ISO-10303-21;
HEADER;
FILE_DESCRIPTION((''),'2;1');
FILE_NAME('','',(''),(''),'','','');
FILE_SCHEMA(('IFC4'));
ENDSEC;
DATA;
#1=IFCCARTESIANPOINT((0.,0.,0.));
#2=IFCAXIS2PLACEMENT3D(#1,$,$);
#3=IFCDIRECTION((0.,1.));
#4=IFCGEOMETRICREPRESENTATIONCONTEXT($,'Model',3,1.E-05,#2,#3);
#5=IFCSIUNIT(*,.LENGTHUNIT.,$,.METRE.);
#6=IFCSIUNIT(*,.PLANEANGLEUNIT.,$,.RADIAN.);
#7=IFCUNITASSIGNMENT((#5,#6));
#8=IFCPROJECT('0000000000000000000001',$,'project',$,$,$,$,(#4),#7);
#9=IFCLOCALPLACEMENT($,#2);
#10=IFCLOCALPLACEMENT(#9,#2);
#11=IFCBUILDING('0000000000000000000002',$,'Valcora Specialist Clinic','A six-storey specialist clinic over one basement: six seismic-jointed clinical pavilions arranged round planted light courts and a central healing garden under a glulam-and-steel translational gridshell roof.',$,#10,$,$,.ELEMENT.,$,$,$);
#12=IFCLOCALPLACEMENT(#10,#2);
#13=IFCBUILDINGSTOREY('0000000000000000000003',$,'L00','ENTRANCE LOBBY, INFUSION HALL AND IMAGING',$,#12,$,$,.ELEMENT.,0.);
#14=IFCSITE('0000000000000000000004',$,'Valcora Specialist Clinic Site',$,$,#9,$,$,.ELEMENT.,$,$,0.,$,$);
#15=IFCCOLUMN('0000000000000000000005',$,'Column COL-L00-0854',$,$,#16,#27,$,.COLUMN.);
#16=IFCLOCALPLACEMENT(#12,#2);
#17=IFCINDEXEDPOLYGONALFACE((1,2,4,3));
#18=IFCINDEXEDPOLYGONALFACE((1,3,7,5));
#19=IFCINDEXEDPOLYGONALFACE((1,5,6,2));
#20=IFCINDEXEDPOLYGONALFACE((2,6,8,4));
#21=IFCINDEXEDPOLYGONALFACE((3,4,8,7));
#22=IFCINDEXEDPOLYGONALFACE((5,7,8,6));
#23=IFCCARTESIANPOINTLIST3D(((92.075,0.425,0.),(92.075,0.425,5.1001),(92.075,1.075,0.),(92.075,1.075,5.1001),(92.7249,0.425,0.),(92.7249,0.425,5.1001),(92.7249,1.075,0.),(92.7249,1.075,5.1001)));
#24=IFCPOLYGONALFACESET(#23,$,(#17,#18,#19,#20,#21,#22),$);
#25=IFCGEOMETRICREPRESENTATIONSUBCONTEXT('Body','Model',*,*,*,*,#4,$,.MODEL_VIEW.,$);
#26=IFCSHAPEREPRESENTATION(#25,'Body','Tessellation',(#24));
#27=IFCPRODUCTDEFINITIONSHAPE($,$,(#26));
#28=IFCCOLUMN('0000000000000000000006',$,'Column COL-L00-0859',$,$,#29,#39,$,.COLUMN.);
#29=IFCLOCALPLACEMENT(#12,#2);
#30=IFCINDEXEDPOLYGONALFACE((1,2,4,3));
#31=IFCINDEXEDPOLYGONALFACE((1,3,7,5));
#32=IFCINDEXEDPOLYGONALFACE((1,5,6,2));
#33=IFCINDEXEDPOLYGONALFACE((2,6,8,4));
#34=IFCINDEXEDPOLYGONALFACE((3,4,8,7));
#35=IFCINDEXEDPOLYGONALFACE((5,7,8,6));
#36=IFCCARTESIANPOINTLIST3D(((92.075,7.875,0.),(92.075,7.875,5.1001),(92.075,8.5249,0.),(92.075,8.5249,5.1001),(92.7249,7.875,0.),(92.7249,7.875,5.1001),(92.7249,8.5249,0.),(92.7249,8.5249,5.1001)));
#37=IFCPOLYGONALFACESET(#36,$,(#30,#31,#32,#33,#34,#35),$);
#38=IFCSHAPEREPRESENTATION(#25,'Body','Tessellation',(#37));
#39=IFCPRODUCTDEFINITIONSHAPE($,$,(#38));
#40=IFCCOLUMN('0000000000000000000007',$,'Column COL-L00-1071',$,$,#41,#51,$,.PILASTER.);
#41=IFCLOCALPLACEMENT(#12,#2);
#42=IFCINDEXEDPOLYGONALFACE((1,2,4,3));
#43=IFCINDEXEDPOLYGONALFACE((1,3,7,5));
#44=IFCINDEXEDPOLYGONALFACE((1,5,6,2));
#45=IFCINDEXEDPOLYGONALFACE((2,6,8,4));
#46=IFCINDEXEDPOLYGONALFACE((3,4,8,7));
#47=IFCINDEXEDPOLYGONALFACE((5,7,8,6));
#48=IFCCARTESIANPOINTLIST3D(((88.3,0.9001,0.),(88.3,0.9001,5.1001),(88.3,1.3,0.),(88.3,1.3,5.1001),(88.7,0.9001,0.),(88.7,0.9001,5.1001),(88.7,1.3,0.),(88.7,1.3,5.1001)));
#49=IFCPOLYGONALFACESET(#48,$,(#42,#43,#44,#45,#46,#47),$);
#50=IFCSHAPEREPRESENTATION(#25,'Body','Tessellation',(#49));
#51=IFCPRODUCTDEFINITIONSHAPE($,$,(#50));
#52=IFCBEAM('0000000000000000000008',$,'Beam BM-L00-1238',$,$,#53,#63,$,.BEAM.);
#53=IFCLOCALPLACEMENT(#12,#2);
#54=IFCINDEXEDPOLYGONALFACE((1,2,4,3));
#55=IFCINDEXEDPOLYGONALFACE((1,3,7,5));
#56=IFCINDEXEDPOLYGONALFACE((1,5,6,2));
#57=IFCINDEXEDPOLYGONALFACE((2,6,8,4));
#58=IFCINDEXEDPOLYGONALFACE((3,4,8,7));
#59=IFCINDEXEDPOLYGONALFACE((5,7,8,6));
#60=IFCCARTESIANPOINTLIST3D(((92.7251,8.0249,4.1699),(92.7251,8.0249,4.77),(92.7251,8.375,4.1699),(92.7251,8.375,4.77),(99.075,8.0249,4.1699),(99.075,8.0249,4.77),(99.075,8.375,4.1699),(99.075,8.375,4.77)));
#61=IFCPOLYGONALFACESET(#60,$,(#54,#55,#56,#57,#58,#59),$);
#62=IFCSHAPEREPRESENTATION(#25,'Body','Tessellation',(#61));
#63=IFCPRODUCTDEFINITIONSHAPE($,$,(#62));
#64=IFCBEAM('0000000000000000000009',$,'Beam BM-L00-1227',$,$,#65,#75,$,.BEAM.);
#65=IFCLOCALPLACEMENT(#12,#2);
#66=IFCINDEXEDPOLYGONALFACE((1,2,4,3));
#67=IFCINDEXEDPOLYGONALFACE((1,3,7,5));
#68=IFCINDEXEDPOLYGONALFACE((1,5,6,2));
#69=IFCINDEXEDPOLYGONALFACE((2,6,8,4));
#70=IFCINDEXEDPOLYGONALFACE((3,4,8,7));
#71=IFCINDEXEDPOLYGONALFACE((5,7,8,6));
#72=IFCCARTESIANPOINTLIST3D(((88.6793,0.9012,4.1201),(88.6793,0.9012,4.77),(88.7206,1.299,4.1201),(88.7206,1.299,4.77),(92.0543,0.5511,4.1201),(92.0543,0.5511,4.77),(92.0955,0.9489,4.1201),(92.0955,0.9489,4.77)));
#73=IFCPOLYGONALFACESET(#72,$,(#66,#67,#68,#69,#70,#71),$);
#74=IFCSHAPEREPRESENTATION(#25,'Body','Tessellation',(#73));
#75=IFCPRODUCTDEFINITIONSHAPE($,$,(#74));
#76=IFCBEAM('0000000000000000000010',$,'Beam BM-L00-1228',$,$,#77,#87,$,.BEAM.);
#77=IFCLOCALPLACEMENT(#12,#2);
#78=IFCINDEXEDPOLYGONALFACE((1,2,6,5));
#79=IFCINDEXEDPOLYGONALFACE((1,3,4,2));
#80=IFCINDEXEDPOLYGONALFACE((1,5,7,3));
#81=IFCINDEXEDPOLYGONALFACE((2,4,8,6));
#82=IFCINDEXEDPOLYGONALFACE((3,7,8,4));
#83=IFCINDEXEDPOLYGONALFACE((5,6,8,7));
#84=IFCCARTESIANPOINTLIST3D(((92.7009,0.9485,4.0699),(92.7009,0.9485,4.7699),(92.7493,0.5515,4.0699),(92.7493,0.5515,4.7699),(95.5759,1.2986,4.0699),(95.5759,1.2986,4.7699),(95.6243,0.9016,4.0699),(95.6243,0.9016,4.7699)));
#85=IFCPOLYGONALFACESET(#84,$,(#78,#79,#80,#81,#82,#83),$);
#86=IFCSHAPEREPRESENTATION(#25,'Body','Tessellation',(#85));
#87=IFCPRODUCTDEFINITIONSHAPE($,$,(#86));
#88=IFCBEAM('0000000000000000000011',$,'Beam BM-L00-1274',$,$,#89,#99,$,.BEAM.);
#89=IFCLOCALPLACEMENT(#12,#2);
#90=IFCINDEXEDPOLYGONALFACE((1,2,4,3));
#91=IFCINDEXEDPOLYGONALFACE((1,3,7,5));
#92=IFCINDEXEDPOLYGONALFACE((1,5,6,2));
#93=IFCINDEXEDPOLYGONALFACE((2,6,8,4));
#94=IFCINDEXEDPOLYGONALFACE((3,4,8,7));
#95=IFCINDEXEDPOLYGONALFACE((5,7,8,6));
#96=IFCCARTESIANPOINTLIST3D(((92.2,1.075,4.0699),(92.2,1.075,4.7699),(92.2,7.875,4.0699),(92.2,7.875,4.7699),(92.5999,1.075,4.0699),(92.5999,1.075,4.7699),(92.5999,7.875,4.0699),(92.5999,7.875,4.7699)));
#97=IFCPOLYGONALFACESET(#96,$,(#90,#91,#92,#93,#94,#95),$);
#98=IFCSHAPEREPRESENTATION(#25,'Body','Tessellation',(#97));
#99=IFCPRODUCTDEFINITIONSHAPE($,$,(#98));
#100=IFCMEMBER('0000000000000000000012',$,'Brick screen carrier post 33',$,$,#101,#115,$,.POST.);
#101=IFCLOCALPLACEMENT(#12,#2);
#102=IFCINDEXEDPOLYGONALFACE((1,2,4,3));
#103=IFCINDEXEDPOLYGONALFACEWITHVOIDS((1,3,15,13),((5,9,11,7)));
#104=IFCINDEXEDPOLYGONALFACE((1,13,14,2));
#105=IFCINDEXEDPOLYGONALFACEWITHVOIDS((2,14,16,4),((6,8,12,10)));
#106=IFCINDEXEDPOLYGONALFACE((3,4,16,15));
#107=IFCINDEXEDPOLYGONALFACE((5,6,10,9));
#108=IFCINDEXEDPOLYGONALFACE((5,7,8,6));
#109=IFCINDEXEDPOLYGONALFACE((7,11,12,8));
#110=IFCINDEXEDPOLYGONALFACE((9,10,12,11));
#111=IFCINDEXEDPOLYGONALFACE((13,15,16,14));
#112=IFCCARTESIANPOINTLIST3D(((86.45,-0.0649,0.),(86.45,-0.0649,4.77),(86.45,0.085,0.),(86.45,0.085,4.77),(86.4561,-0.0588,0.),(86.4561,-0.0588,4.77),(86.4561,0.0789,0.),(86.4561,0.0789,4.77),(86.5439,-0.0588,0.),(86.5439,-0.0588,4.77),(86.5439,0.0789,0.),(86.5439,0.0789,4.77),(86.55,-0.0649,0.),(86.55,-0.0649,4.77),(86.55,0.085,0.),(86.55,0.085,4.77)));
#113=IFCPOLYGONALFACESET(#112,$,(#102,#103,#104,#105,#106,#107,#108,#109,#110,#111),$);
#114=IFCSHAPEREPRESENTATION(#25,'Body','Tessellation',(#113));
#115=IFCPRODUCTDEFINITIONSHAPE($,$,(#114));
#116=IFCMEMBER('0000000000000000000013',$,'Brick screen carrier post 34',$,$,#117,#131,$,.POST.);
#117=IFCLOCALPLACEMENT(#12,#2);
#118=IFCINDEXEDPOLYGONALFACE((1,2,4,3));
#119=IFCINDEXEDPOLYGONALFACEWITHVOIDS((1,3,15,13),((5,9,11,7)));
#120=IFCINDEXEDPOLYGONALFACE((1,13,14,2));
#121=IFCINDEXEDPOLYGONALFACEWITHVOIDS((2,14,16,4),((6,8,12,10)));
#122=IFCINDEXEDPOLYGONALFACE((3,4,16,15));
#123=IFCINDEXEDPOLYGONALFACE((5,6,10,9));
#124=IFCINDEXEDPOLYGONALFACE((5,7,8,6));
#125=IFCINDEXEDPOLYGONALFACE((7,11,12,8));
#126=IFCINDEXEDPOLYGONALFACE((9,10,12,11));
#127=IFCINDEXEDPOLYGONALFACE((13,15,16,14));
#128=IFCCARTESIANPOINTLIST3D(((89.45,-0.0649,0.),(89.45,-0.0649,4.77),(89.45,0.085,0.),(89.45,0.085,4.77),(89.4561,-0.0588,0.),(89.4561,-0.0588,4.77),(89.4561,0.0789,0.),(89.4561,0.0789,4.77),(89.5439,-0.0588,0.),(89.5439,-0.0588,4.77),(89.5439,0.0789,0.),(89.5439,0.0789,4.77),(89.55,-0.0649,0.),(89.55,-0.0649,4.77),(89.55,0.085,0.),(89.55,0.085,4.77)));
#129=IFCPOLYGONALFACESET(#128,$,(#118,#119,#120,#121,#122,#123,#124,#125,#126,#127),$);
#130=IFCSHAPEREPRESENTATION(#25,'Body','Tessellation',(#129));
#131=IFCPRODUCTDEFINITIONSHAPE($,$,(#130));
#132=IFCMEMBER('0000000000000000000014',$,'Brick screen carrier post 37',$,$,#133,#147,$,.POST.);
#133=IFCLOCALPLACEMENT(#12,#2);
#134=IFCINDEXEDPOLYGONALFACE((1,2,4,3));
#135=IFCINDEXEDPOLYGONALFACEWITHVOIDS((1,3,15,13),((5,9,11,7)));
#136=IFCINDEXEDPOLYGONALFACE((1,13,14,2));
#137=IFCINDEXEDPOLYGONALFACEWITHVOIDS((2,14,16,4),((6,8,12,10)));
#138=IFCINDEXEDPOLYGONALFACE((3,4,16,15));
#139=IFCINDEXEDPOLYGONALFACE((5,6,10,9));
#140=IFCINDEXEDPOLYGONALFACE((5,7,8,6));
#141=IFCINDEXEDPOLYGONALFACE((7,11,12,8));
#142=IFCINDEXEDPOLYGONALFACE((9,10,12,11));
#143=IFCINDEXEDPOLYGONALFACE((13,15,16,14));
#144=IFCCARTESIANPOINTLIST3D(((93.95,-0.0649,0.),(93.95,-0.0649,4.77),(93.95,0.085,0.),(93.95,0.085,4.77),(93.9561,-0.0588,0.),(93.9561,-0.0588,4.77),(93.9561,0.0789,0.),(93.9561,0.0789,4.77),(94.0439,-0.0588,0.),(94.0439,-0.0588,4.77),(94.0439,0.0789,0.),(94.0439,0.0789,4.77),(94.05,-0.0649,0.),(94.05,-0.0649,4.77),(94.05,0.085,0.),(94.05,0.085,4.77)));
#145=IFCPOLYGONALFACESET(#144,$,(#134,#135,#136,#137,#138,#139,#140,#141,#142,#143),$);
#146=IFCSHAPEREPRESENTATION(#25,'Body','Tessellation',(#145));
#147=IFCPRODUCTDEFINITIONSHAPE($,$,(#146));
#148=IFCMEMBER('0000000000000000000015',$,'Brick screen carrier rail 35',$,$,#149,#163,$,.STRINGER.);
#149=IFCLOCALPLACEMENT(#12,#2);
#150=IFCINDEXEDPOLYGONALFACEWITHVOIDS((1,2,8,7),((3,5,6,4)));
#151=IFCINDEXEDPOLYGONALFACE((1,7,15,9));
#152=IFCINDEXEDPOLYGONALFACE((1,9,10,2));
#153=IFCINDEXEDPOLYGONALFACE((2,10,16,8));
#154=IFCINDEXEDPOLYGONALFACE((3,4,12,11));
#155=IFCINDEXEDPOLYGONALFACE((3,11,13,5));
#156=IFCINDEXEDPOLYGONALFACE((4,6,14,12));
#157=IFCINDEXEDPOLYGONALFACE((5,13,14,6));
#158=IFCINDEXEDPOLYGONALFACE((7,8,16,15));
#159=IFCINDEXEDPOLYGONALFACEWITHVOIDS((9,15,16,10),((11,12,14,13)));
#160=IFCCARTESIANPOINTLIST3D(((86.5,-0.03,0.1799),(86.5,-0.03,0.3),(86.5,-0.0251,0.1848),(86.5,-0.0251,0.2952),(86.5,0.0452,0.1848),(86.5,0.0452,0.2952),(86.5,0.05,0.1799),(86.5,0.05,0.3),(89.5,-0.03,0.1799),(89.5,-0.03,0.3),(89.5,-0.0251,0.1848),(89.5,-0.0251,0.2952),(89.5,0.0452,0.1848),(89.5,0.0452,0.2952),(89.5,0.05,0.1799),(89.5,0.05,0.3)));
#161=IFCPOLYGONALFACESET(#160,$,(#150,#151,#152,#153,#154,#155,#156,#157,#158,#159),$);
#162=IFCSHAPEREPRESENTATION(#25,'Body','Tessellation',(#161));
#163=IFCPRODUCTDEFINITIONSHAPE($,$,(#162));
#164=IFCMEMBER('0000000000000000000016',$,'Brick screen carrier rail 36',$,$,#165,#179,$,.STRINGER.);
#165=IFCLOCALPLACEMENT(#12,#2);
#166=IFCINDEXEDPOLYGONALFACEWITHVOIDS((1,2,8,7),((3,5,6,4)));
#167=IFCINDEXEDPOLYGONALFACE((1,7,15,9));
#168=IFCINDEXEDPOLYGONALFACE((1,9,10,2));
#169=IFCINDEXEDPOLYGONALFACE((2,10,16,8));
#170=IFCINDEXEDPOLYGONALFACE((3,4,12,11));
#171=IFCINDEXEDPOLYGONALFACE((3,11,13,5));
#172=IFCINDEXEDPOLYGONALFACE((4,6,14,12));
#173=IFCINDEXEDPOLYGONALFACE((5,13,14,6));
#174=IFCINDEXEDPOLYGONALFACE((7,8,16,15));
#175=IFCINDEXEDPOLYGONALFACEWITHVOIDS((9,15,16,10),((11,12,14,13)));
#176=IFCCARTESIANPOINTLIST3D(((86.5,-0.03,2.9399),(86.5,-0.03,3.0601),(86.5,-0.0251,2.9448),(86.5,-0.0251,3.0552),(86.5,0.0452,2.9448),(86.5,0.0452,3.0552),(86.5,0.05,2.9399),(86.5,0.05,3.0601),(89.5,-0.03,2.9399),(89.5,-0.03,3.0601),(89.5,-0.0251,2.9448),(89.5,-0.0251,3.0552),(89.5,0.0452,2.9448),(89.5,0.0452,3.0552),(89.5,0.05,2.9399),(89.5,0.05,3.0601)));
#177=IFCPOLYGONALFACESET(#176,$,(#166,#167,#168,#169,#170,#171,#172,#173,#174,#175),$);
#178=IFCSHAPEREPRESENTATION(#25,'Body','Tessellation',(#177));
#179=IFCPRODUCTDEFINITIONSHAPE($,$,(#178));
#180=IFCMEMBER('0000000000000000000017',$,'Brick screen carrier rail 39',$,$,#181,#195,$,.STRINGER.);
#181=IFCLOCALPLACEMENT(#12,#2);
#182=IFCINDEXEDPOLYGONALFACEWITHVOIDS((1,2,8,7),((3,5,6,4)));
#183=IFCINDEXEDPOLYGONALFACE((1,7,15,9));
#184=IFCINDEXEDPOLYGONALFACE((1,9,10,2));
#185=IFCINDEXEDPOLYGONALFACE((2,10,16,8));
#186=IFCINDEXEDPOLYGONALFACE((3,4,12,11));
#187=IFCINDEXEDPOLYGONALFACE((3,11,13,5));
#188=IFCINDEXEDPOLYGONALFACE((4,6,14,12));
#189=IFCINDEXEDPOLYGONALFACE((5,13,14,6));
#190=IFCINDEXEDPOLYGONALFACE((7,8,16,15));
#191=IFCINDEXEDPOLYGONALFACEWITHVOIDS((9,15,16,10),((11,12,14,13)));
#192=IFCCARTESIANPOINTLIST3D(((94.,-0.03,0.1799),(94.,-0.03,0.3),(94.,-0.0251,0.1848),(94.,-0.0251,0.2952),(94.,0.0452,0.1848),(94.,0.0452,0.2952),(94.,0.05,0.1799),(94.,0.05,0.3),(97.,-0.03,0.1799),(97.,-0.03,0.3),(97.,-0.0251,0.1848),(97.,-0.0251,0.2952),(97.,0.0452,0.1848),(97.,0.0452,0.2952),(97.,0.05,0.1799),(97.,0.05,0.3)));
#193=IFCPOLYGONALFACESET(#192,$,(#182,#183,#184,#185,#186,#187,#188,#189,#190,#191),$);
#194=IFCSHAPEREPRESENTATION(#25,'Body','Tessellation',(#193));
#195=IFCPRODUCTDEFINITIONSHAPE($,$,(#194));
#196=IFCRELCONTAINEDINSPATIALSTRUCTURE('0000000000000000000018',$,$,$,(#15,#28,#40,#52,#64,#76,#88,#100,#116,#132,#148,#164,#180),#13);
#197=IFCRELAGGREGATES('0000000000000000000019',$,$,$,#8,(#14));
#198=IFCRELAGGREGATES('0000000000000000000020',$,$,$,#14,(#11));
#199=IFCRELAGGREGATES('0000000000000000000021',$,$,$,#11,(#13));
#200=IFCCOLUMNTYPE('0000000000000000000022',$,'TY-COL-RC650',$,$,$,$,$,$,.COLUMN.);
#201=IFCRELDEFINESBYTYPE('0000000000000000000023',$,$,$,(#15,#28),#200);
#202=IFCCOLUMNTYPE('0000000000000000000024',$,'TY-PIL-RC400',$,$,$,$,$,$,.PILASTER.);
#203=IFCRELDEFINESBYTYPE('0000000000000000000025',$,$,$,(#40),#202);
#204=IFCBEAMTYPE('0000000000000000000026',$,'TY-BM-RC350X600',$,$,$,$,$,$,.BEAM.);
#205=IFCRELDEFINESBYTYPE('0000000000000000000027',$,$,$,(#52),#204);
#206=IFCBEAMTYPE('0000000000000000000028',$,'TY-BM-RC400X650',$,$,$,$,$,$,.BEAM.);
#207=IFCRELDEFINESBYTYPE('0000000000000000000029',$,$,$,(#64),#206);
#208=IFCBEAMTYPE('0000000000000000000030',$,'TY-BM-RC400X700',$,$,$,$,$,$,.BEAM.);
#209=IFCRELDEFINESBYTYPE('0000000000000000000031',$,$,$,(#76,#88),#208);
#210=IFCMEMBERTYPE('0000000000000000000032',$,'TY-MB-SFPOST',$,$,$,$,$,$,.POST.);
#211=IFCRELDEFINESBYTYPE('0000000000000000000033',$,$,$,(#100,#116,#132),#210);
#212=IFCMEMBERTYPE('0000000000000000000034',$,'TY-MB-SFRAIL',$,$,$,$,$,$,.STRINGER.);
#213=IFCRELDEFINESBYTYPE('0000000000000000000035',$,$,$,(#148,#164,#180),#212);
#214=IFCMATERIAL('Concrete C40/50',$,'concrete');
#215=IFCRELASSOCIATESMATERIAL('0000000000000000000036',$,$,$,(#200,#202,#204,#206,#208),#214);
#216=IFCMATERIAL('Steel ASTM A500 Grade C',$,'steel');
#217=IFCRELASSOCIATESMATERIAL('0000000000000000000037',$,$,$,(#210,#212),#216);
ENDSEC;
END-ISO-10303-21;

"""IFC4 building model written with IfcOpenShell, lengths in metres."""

from ifc_helpers import new_model, si_unit, direction, frame, origin, origin_2d, place, context, subcontext, project, spatial, rectangle, hollow_rectangle, extrude, material, material_profile, profile_set, type_object, element, save


model = new_model("IFC4")

# Units and contexts
model_context = context("Model", 3, precision=1e-05, world=origin(), true_north=direction((0.0, 1.0)))
body_context = subcontext(model_context, "Body", "Model", "MODEL_VIEW")
ifc_project = project(units=[si_unit("LENGTHUNIT", "METRE"), si_unit("PLANEANGLEUNIT", "RADIAN")], contexts=[model_context])

# Site, building, storey
site_placement = place(None, origin())
site = spatial("IfcSite", under=ifc_project, at=site_placement, Name="Valcora Specialist Clinic Site", CompositionType="ELEMENT", RefElevation=0.0)
building_placement = place(site_placement, origin())
building = spatial("IfcBuilding", under=site, at=building_placement, Name="Valcora Specialist Clinic", Description="A six-storey specialist clinic over one basement: six seismic-jointed clinical pavilions arranged round planted light courts and a central healing garden under a glulam-and-steel translational gridshell roof.", CompositionType="ELEMENT")
storey_placement = place(building_placement, origin())
storey = spatial("IfcBuildingStorey", under=building, at=storey_placement, Name="L00", Description="ENTRANCE LOBBY, INFUSION HALL AND IMAGING", CompositionType="ELEMENT", Elevation=0.0)

# Columns
ifc_material_1 = material(Name="Concrete C40/50", Category="concrete")
ifc_material_profile_1 = material_profile(ifc_material_1, rectangle(XDim=0.6499, YDim=0.6499, at=origin_2d()), Name="RC-COL-650X650")
ifc_profile_set_1 = profile_set([ifc_material_profile_1], Name="Concrete C40/50")
column_type_1 = type_object("IfcColumnType", Name="TY-COL-RC650", PredefinedType="COLUMN", material=ifc_profile_set_1)
for number, where, z_axis, x_axis, name in (
    (1, (92.3999, 0.75, 0.0), (0.0, 0.0, 1.0), (1.0, 0.0, 0.0), "Column COL-L00-0854"),
    (2, (92.3999, 8.2, 0.0), (0.0, 0.0, 1.0), (1.0, 0.0, 0.0), "Column COL-L00-0859"),
):
    element("IfcColumn", number, at=place(storey_placement, frame(where, z_axis=z_axis, x_axis=x_axis)), inside=storey, type_object=column_type_1, Name=name, PredefinedType="COLUMN", context=body_context, shape_type="SweptSolid", body=[
        extrude(rectangle(XDim=0.6499, YDim=0.6499, at=origin_2d()), origin(), (0.0, 0.0, 1.0), 5.1001),
    ])
ifc_material_profile_2 = material_profile(ifc_material_1, rectangle(XDim=0.3999, YDim=0.3999, at=origin_2d()), Name="RC-COL-400X400")
ifc_profile_set_2 = profile_set([ifc_material_profile_2], Name="Concrete C40/50")
column_type_2 = type_object("IfcColumnType", Name="TY-PIL-RC400", PredefinedType="PILASTER", material=ifc_profile_set_2)
column_placement = place(storey_placement, frame((88.5, 1.1001, 0.0), z_axis=(0.0, 0.0, 1.0), x_axis=(1.0, 0.0, 0.0)))
element("IfcColumn", 3, at=column_placement, inside=storey, type_object=column_type_2, Name="Column COL-L00-1071", PredefinedType="PILASTER", context=body_context, shape_type="SweptSolid", body=[
    extrude(rectangle(XDim=0.3999, YDim=0.3999, at=origin_2d()), origin(), (0.0, 0.0, 1.0), 5.1001),
])

# Beams
ifc_material_profile_3 = material_profile(ifc_material_1, rectangle(XDim=0.3501, YDim=0.6001, at=origin_2d()), Name="RC-BM-350X600")
ifc_profile_set_3 = profile_set([ifc_material_profile_3], Name="Concrete C40/50")
beam_type_1 = type_object("IfcBeamType", Name="TY-BM-RC350X600", PredefinedType="BEAM", material=ifc_profile_set_3)
beam_1_placement = place(storey_placement, frame((92.7251, 8.2, 4.47), z_axis=(1.0, 0.0, 0.0), x_axis=(0.0, 1.0, 0.0)))
element("IfcBeam", 4, at=beam_1_placement, inside=storey, type_object=beam_type_1, Name="Beam BM-L00-1238", PredefinedType="BEAM", context=body_context, shape_type="SweptSolid", body=[
    extrude(rectangle(XDim=0.3501, YDim=0.6001, at=origin_2d()), origin(), (0.0, 0.0, 1.0), 6.3499),
])
ifc_material_profile_4 = material_profile(ifc_material_1, rectangle(XDim=0.3999, YDim=0.6499, at=origin_2d()), Name="RC-BM-400X650")
ifc_profile_set_4 = profile_set([ifc_material_profile_4], Name="Concrete C40/50")
beam_type_2 = type_object("IfcBeamType", Name="TY-BM-RC400X650", PredefinedType="BEAM", material=ifc_profile_set_4)
beam_2_placement = place(storey_placement, frame((88.7, 1.1001, 4.4451), z_axis=(0.994663, -0.103179, 0.0), x_axis=(0.103179, 0.994663, 0.0)))
element("IfcBeam", 5, at=beam_2_placement, inside=storey, type_object=beam_type_2, Name="Beam BM-L00-1227", PredefinedType="BEAM", context=body_context, shape_type="SweptSolid", body=[
    extrude(rectangle(XDim=0.3999, YDim=0.6499, at=origin_2d()), origin(), (0.0, 0.0, 1.0), 3.3931),
])
ifc_material_profile_5 = material_profile(ifc_material_1, rectangle(XDim=0.3999, YDim=0.7, at=origin_2d()), Name="RC-BM-400X700")
ifc_profile_set_5 = profile_set([ifc_material_profile_5], Name="Concrete C40/50")
beam_type_3 = type_object("IfcBeamType", Name="TY-BM-RC400X700", PredefinedType="BEAM", material=ifc_profile_set_5)
beam_3_placement = place(storey_placement, frame((92.7251, 0.75, 4.4199), z_axis=(0.992667, 0.12088, 0.0), x_axis=(-0.12088, 0.992667, 0.0)))
element("IfcBeam", 6, at=beam_3_placement, inside=storey, type_object=beam_type_3, Name="Beam BM-L00-1228", PredefinedType="BEAM", context=body_context, shape_type="SweptSolid", body=[
    extrude(rectangle(XDim=0.3999, YDim=0.7, at=origin_2d()), origin(), (0.0, 0.0, 1.0), 2.8962),
])
beam_4_placement = place(storey_placement, frame((92.3999, 1.075, 4.4199), z_axis=(0.0, 1.0, 0.0), x_axis=(-1.0, 0.0, 0.0)))
element("IfcBeam", 7, at=beam_4_placement, inside=storey, type_object=beam_type_3, Name="Beam BM-L00-1274", PredefinedType="BEAM", context=body_context, shape_type="SweptSolid", body=[
    extrude(rectangle(XDim=0.3999, YDim=0.7, at=origin_2d()), origin(), (0.0, 0.0, 1.0), 6.8),
])

# Members
ifc_material_2 = material(Name="Steel ASTM A500 Grade C", Category="steel")
ifc_material_profile_6 = material_profile(ifc_material_2, hollow_rectangle(XDim=0.1001, YDim=0.1499, WallThickness=0.0061, at=origin_2d()), Name="ST-RHS-150X100X6")
ifc_profile_set_6 = profile_set([ifc_material_profile_6], Name="Steel ASTM A500 Grade C")
member_type_1 = type_object("IfcMemberType", Name="TY-MB-SFPOST", PredefinedType="POST", material=ifc_profile_set_6)
for number, where, z_axis, x_axis, name in (
    (8, (86.5, 0.01, 0.0), (0.0, 0.0, 1.0), (1.0, 0.0, 0.0), "Brick screen carrier post 33"),
    (9, (89.5, 0.01, 0.0), (0.0, 0.0, 1.0), (1.0, 0.0, 0.0), "Brick screen carrier post 34"),
    (10, (94.0, 0.01, 0.0), (0.0, 0.0, 1.0), (1.0, 0.0, 0.0), "Brick screen carrier post 37"),
):
    element("IfcMember", number, at=place(storey_placement, frame(where, z_axis=z_axis, x_axis=x_axis)), inside=storey, type_object=member_type_1, Name=name, PredefinedType="POST", context=body_context, shape_type="SweptSolid", body=[
        extrude(hollow_rectangle(XDim=0.1001, YDim=0.1499, WallThickness=0.0061, at=origin_2d()), origin(), (0.0, 0.0, 1.0), 4.77),
    ])
ifc_material_profile_7 = material_profile(ifc_material_2, hollow_rectangle(XDim=0.0801, YDim=0.1201, WallThickness=0.0049, at=origin_2d()), Name="ST-RHS-120X80X5")
ifc_profile_set_7 = profile_set([ifc_material_profile_7], Name="Steel ASTM A500 Grade C")
member_type_2 = type_object("IfcMemberType", Name="TY-MB-SFRAIL", PredefinedType="STRINGER", material=ifc_profile_set_7)
for number, where, z_axis, x_axis, name in (
    (11, (86.5, 0.01, 0.24), (1.0, 0.0, 0.0), (0.0, 1.0, 0.0), "Brick screen carrier rail 35"),
    (12, (86.5, 0.01, 3.0), (1.0, 0.0, 0.0), (0.0, 1.0, 0.0), "Brick screen carrier rail 36"),
    (13, (94.0, 0.01, 0.24), (1.0, 0.0, 0.0), (0.0, 1.0, 0.0), "Brick screen carrier rail 39"),
):
    element("IfcMember", number, at=place(storey_placement, frame(where, z_axis=z_axis, x_axis=x_axis)), inside=storey, type_object=member_type_2, Name=name, PredefinedType="STRINGER", context=body_context, shape_type="SweptSolid", body=[
        extrude(hollow_rectangle(XDim=0.0801, YDim=0.1201, WallThickness=0.0049, at=origin_2d()), origin(), (0.0, 0.0, 1.0), 3.0),
    ])

save(model, "model.ifc")
